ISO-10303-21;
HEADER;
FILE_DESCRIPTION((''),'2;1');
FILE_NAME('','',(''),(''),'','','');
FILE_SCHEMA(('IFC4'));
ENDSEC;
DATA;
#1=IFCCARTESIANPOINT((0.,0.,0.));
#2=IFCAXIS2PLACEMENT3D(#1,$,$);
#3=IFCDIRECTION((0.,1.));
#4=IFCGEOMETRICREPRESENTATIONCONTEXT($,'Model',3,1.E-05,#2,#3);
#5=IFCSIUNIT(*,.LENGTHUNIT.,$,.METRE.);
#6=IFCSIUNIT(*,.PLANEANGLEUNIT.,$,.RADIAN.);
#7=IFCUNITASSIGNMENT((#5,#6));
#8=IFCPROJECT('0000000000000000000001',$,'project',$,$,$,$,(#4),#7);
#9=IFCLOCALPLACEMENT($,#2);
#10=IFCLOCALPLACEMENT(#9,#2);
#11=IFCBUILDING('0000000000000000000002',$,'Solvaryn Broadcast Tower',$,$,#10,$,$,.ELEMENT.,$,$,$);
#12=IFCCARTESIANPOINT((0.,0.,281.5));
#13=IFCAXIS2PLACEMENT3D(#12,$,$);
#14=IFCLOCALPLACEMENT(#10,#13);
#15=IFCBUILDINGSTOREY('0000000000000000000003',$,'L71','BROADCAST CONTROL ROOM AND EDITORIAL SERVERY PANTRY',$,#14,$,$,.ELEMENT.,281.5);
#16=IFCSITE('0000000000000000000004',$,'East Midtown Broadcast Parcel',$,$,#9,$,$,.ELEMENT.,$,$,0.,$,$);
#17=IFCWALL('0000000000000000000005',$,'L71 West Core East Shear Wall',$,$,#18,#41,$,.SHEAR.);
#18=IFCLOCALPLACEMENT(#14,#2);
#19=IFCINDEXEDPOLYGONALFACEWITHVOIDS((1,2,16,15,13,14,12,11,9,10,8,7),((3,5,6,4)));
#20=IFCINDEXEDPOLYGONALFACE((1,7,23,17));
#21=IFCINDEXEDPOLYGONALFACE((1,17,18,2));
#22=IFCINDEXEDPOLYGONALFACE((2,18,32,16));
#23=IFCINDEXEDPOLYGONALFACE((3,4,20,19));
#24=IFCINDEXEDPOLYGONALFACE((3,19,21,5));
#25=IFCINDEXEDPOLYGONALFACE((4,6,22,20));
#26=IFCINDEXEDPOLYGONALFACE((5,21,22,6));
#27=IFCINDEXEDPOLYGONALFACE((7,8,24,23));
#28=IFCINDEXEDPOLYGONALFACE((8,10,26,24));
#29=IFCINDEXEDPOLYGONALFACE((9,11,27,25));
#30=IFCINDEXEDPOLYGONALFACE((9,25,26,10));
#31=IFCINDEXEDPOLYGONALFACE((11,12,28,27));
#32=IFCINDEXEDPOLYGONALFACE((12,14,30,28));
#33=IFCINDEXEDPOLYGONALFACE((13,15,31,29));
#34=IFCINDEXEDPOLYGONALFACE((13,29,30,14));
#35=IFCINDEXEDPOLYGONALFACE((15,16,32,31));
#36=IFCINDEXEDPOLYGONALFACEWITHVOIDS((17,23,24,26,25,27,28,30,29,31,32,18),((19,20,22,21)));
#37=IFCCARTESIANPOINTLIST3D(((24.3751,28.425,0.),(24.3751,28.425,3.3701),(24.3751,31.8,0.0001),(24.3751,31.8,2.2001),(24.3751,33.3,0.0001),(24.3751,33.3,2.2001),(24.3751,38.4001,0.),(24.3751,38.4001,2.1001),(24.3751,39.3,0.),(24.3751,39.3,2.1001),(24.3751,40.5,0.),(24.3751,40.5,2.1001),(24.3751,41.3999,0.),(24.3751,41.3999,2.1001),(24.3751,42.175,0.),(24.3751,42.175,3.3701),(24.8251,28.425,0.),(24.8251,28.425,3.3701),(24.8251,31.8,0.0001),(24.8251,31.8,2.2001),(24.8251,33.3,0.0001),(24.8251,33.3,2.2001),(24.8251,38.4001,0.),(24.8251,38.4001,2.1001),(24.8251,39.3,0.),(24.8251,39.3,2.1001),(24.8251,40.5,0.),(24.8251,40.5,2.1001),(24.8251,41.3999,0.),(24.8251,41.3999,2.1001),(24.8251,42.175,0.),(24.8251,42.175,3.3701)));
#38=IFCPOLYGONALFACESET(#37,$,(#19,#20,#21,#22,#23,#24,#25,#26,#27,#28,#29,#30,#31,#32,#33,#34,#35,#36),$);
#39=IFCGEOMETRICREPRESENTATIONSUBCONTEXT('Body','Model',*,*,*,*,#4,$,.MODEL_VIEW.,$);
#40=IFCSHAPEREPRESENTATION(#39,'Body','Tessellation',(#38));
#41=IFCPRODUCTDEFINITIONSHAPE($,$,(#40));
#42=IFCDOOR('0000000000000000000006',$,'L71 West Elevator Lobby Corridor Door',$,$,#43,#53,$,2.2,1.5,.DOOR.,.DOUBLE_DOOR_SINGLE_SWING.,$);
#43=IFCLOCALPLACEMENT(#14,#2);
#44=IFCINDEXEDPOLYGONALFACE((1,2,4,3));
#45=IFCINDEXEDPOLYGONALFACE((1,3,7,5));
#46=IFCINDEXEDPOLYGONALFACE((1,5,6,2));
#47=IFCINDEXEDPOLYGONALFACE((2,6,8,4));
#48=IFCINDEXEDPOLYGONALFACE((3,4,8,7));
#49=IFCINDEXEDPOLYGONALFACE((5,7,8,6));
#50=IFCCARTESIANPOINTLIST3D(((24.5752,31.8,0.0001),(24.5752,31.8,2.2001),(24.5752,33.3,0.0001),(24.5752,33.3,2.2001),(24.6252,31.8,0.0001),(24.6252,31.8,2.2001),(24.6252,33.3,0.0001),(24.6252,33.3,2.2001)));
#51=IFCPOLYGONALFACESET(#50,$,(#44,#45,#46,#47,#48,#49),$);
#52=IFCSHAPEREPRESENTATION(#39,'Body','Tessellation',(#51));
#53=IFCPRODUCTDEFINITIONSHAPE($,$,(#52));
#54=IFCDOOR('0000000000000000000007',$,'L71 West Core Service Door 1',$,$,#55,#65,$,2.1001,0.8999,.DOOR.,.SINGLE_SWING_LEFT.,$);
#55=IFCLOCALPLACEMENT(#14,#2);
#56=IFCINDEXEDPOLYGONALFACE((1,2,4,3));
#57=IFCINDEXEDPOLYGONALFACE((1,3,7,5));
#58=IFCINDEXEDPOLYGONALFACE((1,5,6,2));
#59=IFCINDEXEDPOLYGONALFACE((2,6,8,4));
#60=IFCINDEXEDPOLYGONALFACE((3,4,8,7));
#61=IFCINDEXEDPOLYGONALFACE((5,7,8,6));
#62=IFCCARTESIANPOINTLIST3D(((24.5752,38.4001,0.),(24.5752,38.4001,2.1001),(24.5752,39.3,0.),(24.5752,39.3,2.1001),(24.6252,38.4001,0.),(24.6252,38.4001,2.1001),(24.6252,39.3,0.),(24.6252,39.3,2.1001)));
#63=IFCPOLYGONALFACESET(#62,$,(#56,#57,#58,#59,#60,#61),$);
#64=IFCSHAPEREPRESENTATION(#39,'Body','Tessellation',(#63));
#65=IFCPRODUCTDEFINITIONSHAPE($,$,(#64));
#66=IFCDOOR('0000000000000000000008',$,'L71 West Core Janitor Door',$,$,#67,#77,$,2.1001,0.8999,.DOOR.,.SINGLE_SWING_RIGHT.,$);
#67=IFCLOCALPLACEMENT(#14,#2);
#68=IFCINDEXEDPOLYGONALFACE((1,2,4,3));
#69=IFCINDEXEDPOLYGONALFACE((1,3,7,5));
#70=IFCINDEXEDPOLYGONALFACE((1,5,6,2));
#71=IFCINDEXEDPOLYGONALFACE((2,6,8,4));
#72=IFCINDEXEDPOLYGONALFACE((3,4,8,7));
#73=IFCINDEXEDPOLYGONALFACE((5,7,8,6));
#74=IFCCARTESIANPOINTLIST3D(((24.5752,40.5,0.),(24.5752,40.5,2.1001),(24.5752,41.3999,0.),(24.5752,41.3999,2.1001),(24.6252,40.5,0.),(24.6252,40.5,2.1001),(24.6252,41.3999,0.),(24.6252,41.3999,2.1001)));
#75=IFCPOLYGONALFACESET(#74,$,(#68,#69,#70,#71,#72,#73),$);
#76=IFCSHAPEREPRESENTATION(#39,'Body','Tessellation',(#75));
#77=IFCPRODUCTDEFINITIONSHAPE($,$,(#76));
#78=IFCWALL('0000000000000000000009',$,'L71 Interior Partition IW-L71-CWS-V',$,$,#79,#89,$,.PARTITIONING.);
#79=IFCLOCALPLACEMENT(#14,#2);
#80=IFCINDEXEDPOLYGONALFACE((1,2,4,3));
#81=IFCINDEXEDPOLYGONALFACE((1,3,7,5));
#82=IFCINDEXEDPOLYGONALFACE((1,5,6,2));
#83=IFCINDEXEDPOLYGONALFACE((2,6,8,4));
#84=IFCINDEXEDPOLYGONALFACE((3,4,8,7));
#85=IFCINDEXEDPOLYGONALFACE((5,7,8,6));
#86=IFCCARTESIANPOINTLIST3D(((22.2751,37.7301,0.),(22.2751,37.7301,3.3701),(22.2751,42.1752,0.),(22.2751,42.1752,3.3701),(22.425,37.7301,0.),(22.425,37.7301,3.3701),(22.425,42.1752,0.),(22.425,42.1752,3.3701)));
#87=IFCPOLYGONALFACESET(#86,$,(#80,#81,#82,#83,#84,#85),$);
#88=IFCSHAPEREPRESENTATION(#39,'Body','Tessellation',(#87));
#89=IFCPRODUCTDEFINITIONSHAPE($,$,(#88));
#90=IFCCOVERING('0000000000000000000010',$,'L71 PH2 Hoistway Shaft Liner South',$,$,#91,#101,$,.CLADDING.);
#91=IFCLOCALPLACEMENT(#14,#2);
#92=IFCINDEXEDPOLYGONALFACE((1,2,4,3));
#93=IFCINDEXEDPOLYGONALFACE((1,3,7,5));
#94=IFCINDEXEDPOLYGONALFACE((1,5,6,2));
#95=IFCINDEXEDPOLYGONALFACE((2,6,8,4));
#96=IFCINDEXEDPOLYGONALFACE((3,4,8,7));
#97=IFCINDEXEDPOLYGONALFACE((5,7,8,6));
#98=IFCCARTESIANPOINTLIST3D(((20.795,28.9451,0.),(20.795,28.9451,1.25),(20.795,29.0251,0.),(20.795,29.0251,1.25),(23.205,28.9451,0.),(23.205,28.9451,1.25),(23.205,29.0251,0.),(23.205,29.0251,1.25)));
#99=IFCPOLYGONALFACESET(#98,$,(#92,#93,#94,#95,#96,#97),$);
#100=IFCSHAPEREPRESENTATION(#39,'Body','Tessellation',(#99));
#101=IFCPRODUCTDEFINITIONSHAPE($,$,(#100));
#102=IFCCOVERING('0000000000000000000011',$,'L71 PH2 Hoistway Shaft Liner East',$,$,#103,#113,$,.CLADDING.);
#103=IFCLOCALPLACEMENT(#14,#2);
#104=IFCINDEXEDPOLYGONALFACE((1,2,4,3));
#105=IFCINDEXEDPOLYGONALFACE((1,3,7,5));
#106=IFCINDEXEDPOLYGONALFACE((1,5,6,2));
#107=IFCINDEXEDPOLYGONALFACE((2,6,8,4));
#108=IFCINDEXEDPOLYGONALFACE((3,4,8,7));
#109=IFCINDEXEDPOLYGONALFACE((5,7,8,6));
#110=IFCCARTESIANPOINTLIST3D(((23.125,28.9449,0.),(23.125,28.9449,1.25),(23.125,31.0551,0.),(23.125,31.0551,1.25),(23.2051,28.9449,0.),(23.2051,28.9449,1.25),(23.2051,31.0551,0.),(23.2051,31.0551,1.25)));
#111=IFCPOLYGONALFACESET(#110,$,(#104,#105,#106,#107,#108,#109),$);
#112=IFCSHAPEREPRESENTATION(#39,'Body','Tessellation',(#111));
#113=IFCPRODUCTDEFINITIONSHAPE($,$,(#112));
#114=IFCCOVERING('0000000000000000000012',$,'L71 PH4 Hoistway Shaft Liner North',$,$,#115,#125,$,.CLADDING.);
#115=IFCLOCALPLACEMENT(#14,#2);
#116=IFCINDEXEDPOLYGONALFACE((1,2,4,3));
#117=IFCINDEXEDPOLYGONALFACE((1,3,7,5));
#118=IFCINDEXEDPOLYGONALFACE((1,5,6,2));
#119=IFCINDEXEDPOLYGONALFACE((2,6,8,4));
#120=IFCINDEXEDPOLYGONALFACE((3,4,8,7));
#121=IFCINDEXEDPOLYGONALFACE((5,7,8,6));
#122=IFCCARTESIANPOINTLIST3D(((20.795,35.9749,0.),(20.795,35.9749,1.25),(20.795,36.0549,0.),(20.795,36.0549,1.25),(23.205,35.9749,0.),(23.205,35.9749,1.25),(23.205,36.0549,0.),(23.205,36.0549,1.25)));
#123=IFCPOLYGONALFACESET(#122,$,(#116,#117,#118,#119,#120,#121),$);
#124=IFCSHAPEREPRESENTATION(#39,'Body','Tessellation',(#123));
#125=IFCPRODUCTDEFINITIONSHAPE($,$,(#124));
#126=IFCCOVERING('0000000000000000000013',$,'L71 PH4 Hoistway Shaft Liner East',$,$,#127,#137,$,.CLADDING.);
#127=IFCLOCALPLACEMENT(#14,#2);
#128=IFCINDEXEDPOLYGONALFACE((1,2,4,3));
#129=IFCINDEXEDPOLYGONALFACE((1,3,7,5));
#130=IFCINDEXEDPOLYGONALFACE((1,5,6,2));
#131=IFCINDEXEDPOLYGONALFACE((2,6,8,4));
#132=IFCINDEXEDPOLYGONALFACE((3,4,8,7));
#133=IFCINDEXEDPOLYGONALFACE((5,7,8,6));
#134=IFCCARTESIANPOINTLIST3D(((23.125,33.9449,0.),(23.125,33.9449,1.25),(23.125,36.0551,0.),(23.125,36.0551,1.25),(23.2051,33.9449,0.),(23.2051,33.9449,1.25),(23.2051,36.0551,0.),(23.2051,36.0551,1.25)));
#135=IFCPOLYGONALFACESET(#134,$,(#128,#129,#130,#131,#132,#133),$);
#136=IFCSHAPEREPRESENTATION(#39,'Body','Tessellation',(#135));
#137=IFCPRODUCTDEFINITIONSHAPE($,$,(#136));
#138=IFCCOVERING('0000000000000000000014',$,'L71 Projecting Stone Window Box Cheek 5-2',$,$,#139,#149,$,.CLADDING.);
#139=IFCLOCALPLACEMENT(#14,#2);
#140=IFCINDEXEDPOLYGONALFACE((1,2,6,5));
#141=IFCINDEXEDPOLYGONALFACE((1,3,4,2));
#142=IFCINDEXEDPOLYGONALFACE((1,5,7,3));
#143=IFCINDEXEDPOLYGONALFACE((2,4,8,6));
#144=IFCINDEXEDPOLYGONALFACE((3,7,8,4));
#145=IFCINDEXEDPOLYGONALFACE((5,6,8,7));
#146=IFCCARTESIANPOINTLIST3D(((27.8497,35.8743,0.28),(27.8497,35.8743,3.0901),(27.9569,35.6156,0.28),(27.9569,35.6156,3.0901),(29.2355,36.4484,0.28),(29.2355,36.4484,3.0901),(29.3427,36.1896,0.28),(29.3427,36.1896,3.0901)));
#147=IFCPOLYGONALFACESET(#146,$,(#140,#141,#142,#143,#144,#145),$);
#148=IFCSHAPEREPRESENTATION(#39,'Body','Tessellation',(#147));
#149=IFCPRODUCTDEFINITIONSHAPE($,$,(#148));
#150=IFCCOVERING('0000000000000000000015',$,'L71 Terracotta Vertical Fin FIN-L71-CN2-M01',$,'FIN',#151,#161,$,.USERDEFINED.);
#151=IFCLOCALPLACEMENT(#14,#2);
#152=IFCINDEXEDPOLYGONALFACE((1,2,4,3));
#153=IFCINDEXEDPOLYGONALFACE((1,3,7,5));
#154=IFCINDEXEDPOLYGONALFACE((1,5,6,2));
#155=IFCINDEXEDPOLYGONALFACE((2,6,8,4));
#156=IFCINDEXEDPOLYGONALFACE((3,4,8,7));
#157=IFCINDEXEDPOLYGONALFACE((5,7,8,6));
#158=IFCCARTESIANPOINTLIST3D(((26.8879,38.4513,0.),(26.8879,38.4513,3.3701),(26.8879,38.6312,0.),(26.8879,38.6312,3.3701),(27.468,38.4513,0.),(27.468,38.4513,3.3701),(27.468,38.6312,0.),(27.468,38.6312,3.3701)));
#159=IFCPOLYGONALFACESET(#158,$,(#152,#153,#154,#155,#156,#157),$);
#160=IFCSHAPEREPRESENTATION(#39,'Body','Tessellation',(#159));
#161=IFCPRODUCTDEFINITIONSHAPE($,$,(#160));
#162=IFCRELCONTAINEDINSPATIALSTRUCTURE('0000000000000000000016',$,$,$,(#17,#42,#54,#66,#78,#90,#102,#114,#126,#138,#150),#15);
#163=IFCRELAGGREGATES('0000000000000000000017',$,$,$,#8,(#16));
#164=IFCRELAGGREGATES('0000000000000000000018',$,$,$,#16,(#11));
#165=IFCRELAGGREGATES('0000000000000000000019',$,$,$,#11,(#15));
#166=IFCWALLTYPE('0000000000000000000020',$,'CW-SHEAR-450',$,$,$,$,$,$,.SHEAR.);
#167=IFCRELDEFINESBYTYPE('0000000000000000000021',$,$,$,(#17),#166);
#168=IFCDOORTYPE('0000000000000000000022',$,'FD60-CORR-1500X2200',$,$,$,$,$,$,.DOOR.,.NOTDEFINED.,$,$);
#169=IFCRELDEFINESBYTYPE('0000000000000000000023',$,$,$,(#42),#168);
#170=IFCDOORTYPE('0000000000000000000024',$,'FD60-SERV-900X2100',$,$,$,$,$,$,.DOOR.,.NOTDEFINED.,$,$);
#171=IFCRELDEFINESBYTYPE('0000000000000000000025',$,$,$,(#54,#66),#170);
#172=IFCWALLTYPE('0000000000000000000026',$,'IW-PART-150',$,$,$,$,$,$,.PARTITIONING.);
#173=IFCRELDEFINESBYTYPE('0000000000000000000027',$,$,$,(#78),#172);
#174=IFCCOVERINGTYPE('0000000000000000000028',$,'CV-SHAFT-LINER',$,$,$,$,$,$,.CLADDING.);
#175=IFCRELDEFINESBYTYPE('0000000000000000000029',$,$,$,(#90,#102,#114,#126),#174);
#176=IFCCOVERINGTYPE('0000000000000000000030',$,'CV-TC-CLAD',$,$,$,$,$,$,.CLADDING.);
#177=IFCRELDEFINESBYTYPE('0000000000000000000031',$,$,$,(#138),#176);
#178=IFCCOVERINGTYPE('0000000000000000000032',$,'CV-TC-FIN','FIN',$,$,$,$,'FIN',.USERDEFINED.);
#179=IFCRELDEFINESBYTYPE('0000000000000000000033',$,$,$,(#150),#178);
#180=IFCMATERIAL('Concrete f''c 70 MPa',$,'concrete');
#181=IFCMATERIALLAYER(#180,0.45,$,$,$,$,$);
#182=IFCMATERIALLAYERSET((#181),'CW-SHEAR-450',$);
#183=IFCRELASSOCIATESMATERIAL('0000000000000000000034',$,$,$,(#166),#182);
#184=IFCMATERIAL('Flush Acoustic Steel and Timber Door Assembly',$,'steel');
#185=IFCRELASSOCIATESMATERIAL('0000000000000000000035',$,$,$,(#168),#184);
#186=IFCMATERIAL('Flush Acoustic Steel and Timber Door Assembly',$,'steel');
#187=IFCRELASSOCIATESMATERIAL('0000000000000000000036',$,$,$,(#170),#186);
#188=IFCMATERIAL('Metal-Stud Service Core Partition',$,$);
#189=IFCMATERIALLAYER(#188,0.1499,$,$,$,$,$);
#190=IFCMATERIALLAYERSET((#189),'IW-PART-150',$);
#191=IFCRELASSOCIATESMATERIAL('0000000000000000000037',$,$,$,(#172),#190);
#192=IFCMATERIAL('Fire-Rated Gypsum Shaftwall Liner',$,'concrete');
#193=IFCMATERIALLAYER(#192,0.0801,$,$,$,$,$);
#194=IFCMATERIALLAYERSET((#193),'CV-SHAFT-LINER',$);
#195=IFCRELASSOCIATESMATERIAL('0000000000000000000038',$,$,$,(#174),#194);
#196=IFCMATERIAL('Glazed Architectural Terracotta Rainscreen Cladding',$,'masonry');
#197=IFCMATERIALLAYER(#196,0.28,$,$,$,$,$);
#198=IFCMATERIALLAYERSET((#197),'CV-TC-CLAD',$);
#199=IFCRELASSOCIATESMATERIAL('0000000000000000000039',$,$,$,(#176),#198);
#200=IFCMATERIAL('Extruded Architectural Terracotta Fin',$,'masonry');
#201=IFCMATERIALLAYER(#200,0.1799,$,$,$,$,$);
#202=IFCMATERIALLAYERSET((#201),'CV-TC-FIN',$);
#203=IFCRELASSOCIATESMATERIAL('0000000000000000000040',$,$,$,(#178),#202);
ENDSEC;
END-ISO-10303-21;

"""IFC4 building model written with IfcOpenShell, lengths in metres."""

from ifc_helpers import new_model, si_unit, direction, frame, frame_2d, origin, origin_2d, place, context, subcontext, project, spatial, rectangle, extrude, material, layer, layer_set, type_object, element, fill, save


model = new_model("IFC4")

# Units and contexts
model_context = context("Model", 3, precision=1e-05, world=origin(), true_north=direction((0.0, 1.0)))
body_context = subcontext(model_context, "Body", "Model", "MODEL_VIEW")
ifc_project = project(units=[si_unit("LENGTHUNIT", "METRE"), si_unit("PLANEANGLEUNIT", "RADIAN")], contexts=[model_context])

# Site, building, storey
site_placement = place(None, origin())
site = spatial("IfcSite", under=ifc_project, at=site_placement, Name="East Midtown Broadcast Parcel", CompositionType="ELEMENT", RefElevation=0.0)
building_placement = place(site_placement, origin())
building = spatial("IfcBuilding", under=site, at=building_placement, Name="Solvaryn Broadcast Tower", CompositionType="ELEMENT")
storey_placement = place(building_placement, frame((0.0, 0.0, 281.5)))
storey = spatial("IfcBuildingStorey", under=building, at=storey_placement, Name="L71", Description="BROADCAST CONTROL ROOM AND EDITORIAL SERVERY PANTRY", CompositionType="ELEMENT", Elevation=281.5)

# Wall, openings, doors
ifc_material_1 = material(Name="Concrete f'c 70 MPa", Category="concrete")
ifc_layer_1 = layer(ifc_material_1, 0.45)
ifc_layer_set_1 = layer_set([ifc_layer_1], Name="CW-SHEAR-450")
wall_type_1 = type_object("IfcWallType", Name="CW-SHEAR-450", PredefinedType="SHEAR", material=ifc_layer_set_1)
wall_1_placement = place(storey_placement, frame((24.6001, 28.425, 0.0), z_axis=(0.0, 0.0, 1.0), x_axis=(0.0, 1.0, 0.0)))
wall_1 = element("IfcWall", 1, at=wall_1_placement, inside=storey, type_object=wall_type_1, Name="L71 West Core East Shear Wall", PredefinedType="SHEAR", context=body_context, shape_type="SweptSolid", body=[
    extrude(rectangle(XDim=13.75, YDim=0.45, at=frame_2d((6.875, 0.0))), origin(), (0.0, 0.0, 1.0), 3.3701),
])
opening_1_placement = place(wall_1_placement, frame((3.375, 0.0, 0.0)))
opening_1 = element("IfcOpeningElement", 2, at=opening_1_placement, cuts=wall_1, PredefinedType="OPENING", context=body_context, shape_type="SweptSolid", body=[
    extrude(rectangle(XDim=1.5, YDim=2.2, at=frame_2d((0.75, 1.1001))), frame((0.0, 0.2351, 0.0), z_axis=(0.0, -1.0, 0.0), x_axis=(1.0, 0.0, 0.0)), (0.0, 0.0, 1.0), 0.47),
])
opening_2_placement = place(wall_1_placement, frame((9.9751, 0.0, 0.0)))
opening_2 = element("IfcOpeningElement", 3, at=opening_2_placement, cuts=wall_1, PredefinedType="OPENING", context=body_context, shape_type="SweptSolid", body=[
    extrude(rectangle(XDim=0.8999, YDim=2.1001, at=frame_2d((0.45, 1.05))), frame((0.0, 0.2351, 0.0), z_axis=(0.0, -1.0, 0.0), x_axis=(1.0, 0.0, 0.0)), (0.0, 0.0, 1.0), 0.47),
])
opening_3_placement = place(wall_1_placement, frame((12.075, 0.0, 0.0)))
opening_3 = element("IfcOpeningElement", 4, at=opening_3_placement, cuts=wall_1, PredefinedType="OPENING", context=body_context, shape_type="SweptSolid", body=[
    extrude(rectangle(XDim=0.8999, YDim=2.1001, at=frame_2d((0.45, 1.05))), frame((0.0, 0.2351, 0.0), z_axis=(0.0, -1.0, 0.0), x_axis=(1.0, 0.0, 0.0)), (0.0, 0.0, 1.0), 0.47),
])
ifc_material_2 = material(Name="Flush Acoustic Steel and Timber Door Assembly", Category="steel")
door_type_1 = type_object("IfcDoorType", Name="FD60-CORR-1500X2200", OperationType="NOTDEFINED", PredefinedType="DOOR", material=ifc_material_2)
door_1_placement = place(opening_1_placement, origin())
door_1 = element("IfcDoor", 5, at=door_1_placement, inside=storey, type_object=door_type_1, Name="L71 West Elevator Lobby Corridor Door", OperationType="DOUBLE_DOOR_SINGLE_SWING", OverallHeight=2.2, OverallWidth=1.5, PredefinedType="DOOR", context=body_context, shape_type="SweptSolid", body=[
    extrude(rectangle(XDim=1.5, YDim=2.2, at=frame_2d((0.75, 1.1001))), frame((0.0, 0.0249, 0.0), z_axis=(0.0, -1.0, 0.0), x_axis=(1.0, 0.0, 0.0)), (0.0, 0.0, 1.0), 0.05),
])
fill(opening_1, door_1)
ifc_material_3 = material(Name="Flush Acoustic Steel and Timber Door Assembly", Category="steel")
door_type_2 = type_object("IfcDoorType", Name="FD60-SERV-900X2100", OperationType="NOTDEFINED", PredefinedType="DOOR", material=ifc_material_3)
door_2_placement = place(opening_2_placement, origin())
door_2 = element("IfcDoor", 6, at=door_2_placement, inside=storey, type_object=door_type_2, Name="L71 West Core Service Door 1", OperationType="SINGLE_SWING_LEFT", OverallHeight=2.1001, OverallWidth=0.8999, PredefinedType="DOOR", context=body_context, shape_type="SweptSolid", body=[
    extrude(rectangle(XDim=0.8999, YDim=2.1001, at=frame_2d((0.45, 1.05))), frame((0.0, 0.0249, 0.0), z_axis=(0.0, -1.0, 0.0), x_axis=(1.0, 0.0, 0.0)), (0.0, 0.0, 1.0), 0.05),
])
fill(opening_2, door_2)
door_3_placement = place(opening_3_placement, origin())
door_3 = element("IfcDoor", 7, at=door_3_placement, inside=storey, type_object=door_type_2, Name="L71 West Core Janitor Door", OperationType="SINGLE_SWING_RIGHT", OverallHeight=2.1001, OverallWidth=0.8999, PredefinedType="DOOR", context=body_context, shape_type="SweptSolid", body=[
    extrude(rectangle(XDim=0.8999, YDim=2.1001, at=frame_2d((0.45, 1.05))), frame((0.0, 0.0249, 0.0), z_axis=(0.0, -1.0, 0.0), x_axis=(1.0, 0.0, 0.0)), (0.0, 0.0, 1.0), 0.05),
])
fill(opening_3, door_3)

# Wall
ifc_material_4 = material(Name="Metal-Stud Service Core Partition")
ifc_layer_2 = layer(ifc_material_4, 0.1499)
ifc_layer_set_2 = layer_set([ifc_layer_2], Name="IW-PART-150")
wall_type_2 = type_object("IfcWallType", Name="IW-PART-150", PredefinedType="PARTITIONING", material=ifc_layer_set_2)
wall_2_placement = place(storey_placement, frame((22.3501, 37.73, 0.0), z_axis=(0.0, 0.0, 1.0), x_axis=(0.0, 1.0, 0.0)))
element("IfcWall", 8, at=wall_2_placement, inside=storey, type_object=wall_type_2, Name="L71 Interior Partition IW-L71-CWS-V", PredefinedType="PARTITIONING", context=body_context, shape_type="SweptSolid", body=[
    extrude(rectangle(XDim=4.4451, YDim=0.1499, at=frame_2d((2.2227, 0.0))), origin(), (0.0, 0.0, 1.0), 3.3701),
])

# Coverings
ifc_material_5 = material(Name="Fire-Rated Gypsum Shaftwall Liner", Category="concrete")
ifc_layer_3 = layer(ifc_material_5, 0.0801)
ifc_layer_set_3 = layer_set([ifc_layer_3], Name="CV-SHAFT-LINER")
covering_type_1 = type_object("IfcCoveringType", Name="CV-SHAFT-LINER", PredefinedType="CLADDING", material=ifc_layer_set_3)
covering_1_placement = place(storey_placement, frame((22.0, 28.9851, 0.0), z_axis=(0.0, 0.0, 1.0), x_axis=(1.0, 0.0, 0.0)))
element("IfcCovering", 9, at=covering_1_placement, inside=storey, type_object=covering_type_1, Name="L71 PH2 Hoistway Shaft Liner South", PredefinedType="CLADDING", context=body_context, shape_type="SweptSolid", body=[
    extrude(rectangle(XDim=2.4099, YDim=0.0801, at=origin_2d()), origin(), (0.0, 0.0, 1.0), 1.25),
])
covering_2_placement = place(storey_placement, frame((23.165, 30.0, 0.0), z_axis=(0.0, 0.0, 1.0), x_axis=(1.0, 0.0, 0.0)))
element("IfcCovering", 10, at=covering_2_placement, inside=storey, type_object=covering_type_1, Name="L71 PH2 Hoistway Shaft Liner East", PredefinedType="CLADDING", context=body_context, shape_type="SweptSolid", body=[
    extrude(rectangle(XDim=0.0801, YDim=2.1101, at=origin_2d()), origin(), (0.0, 0.0, 1.0), 1.25),
])
covering_3_placement = place(storey_placement, frame((22.0, 36.0149, 0.0), z_axis=(0.0, 0.0, 1.0), x_axis=(1.0, 0.0, 0.0)))
element("IfcCovering", 11, at=covering_3_placement, inside=storey, type_object=covering_type_1, Name="L71 PH4 Hoistway Shaft Liner North", PredefinedType="CLADDING", context=body_context, shape_type="SweptSolid", body=[
    extrude(rectangle(XDim=2.4099, YDim=0.0801, at=origin_2d()), origin(), (0.0, 0.0, 1.0), 1.25),
])
covering_4_placement = place(storey_placement, frame((23.165, 35.0, 0.0), z_axis=(0.0, 0.0, 1.0), x_axis=(1.0, 0.0, 0.0)))
element("IfcCovering", 12, at=covering_4_placement, inside=storey, type_object=covering_type_1, Name="L71 PH4 Hoistway Shaft Liner East", PredefinedType="CLADDING", context=body_context, shape_type="SweptSolid", body=[
    extrude(rectangle(XDim=0.0801, YDim=2.1101, at=origin_2d()), origin(), (0.0, 0.0, 1.0), 1.25),
])
ifc_material_6 = material(Name="Glazed Architectural Terracotta Rainscreen Cladding", Category="masonry")
ifc_layer_4 = layer(ifc_material_6, 0.28)
ifc_layer_set_4 = layer_set([ifc_layer_4], Name="CV-TC-CLAD")
covering_type_2 = type_object("IfcCoveringType", Name="CV-TC-CLAD", PredefinedType="CLADDING", material=ifc_layer_set_4)
covering_5_placement = place(storey_placement, frame((28.5962, 36.032, 0.28), z_axis=(0.0, 0.0, 1.0), x_axis=(-0.382683, 0.92388, 0.0)))
element("IfcCovering", 13, at=covering_5_placement, inside=storey, type_object=covering_type_2, Name="L71 Projecting Stone Window Box Cheek 5-2", PredefinedType="CLADDING", context=body_context, shape_type="SweptSolid", body=[
    extrude(rectangle(XDim=0.28, YDim=1.5, at=origin_2d()), origin(), (0.0, 0.0, 1.0), 2.8101),
])
ifc_material_7 = material(Name="Extruded Architectural Terracotta Fin", Category="masonry")
ifc_layer_5 = layer(ifc_material_7, 0.1799)
ifc_layer_set_5 = layer_set([ifc_layer_5], Name="CV-TC-FIN")
covering_type_3 = type_object("IfcCoveringType", Name="CV-TC-FIN", Description="FIN", ElementType="FIN", PredefinedType="USERDEFINED", material=ifc_layer_set_5)
covering_6_placement = place(storey_placement, frame((27.178, 38.5413, 0.0), z_axis=(0.0, 0.0, 1.0), x_axis=(1.0, 0.0, 0.0)))
element("IfcCovering", 14, at=covering_6_placement, inside=storey, type_object=covering_type_3, Name="L71 Terracotta Vertical Fin FIN-L71-CN2-M01", ObjectType="FIN", PredefinedType="USERDEFINED", context=body_context, shape_type="SweptSolid", body=[
    extrude(rectangle(XDim=0.5801, YDim=0.1799, at=origin_2d()), origin(), (0.0, 0.0, 1.0), 3.3701),
])

save(model, "model.ifc")
